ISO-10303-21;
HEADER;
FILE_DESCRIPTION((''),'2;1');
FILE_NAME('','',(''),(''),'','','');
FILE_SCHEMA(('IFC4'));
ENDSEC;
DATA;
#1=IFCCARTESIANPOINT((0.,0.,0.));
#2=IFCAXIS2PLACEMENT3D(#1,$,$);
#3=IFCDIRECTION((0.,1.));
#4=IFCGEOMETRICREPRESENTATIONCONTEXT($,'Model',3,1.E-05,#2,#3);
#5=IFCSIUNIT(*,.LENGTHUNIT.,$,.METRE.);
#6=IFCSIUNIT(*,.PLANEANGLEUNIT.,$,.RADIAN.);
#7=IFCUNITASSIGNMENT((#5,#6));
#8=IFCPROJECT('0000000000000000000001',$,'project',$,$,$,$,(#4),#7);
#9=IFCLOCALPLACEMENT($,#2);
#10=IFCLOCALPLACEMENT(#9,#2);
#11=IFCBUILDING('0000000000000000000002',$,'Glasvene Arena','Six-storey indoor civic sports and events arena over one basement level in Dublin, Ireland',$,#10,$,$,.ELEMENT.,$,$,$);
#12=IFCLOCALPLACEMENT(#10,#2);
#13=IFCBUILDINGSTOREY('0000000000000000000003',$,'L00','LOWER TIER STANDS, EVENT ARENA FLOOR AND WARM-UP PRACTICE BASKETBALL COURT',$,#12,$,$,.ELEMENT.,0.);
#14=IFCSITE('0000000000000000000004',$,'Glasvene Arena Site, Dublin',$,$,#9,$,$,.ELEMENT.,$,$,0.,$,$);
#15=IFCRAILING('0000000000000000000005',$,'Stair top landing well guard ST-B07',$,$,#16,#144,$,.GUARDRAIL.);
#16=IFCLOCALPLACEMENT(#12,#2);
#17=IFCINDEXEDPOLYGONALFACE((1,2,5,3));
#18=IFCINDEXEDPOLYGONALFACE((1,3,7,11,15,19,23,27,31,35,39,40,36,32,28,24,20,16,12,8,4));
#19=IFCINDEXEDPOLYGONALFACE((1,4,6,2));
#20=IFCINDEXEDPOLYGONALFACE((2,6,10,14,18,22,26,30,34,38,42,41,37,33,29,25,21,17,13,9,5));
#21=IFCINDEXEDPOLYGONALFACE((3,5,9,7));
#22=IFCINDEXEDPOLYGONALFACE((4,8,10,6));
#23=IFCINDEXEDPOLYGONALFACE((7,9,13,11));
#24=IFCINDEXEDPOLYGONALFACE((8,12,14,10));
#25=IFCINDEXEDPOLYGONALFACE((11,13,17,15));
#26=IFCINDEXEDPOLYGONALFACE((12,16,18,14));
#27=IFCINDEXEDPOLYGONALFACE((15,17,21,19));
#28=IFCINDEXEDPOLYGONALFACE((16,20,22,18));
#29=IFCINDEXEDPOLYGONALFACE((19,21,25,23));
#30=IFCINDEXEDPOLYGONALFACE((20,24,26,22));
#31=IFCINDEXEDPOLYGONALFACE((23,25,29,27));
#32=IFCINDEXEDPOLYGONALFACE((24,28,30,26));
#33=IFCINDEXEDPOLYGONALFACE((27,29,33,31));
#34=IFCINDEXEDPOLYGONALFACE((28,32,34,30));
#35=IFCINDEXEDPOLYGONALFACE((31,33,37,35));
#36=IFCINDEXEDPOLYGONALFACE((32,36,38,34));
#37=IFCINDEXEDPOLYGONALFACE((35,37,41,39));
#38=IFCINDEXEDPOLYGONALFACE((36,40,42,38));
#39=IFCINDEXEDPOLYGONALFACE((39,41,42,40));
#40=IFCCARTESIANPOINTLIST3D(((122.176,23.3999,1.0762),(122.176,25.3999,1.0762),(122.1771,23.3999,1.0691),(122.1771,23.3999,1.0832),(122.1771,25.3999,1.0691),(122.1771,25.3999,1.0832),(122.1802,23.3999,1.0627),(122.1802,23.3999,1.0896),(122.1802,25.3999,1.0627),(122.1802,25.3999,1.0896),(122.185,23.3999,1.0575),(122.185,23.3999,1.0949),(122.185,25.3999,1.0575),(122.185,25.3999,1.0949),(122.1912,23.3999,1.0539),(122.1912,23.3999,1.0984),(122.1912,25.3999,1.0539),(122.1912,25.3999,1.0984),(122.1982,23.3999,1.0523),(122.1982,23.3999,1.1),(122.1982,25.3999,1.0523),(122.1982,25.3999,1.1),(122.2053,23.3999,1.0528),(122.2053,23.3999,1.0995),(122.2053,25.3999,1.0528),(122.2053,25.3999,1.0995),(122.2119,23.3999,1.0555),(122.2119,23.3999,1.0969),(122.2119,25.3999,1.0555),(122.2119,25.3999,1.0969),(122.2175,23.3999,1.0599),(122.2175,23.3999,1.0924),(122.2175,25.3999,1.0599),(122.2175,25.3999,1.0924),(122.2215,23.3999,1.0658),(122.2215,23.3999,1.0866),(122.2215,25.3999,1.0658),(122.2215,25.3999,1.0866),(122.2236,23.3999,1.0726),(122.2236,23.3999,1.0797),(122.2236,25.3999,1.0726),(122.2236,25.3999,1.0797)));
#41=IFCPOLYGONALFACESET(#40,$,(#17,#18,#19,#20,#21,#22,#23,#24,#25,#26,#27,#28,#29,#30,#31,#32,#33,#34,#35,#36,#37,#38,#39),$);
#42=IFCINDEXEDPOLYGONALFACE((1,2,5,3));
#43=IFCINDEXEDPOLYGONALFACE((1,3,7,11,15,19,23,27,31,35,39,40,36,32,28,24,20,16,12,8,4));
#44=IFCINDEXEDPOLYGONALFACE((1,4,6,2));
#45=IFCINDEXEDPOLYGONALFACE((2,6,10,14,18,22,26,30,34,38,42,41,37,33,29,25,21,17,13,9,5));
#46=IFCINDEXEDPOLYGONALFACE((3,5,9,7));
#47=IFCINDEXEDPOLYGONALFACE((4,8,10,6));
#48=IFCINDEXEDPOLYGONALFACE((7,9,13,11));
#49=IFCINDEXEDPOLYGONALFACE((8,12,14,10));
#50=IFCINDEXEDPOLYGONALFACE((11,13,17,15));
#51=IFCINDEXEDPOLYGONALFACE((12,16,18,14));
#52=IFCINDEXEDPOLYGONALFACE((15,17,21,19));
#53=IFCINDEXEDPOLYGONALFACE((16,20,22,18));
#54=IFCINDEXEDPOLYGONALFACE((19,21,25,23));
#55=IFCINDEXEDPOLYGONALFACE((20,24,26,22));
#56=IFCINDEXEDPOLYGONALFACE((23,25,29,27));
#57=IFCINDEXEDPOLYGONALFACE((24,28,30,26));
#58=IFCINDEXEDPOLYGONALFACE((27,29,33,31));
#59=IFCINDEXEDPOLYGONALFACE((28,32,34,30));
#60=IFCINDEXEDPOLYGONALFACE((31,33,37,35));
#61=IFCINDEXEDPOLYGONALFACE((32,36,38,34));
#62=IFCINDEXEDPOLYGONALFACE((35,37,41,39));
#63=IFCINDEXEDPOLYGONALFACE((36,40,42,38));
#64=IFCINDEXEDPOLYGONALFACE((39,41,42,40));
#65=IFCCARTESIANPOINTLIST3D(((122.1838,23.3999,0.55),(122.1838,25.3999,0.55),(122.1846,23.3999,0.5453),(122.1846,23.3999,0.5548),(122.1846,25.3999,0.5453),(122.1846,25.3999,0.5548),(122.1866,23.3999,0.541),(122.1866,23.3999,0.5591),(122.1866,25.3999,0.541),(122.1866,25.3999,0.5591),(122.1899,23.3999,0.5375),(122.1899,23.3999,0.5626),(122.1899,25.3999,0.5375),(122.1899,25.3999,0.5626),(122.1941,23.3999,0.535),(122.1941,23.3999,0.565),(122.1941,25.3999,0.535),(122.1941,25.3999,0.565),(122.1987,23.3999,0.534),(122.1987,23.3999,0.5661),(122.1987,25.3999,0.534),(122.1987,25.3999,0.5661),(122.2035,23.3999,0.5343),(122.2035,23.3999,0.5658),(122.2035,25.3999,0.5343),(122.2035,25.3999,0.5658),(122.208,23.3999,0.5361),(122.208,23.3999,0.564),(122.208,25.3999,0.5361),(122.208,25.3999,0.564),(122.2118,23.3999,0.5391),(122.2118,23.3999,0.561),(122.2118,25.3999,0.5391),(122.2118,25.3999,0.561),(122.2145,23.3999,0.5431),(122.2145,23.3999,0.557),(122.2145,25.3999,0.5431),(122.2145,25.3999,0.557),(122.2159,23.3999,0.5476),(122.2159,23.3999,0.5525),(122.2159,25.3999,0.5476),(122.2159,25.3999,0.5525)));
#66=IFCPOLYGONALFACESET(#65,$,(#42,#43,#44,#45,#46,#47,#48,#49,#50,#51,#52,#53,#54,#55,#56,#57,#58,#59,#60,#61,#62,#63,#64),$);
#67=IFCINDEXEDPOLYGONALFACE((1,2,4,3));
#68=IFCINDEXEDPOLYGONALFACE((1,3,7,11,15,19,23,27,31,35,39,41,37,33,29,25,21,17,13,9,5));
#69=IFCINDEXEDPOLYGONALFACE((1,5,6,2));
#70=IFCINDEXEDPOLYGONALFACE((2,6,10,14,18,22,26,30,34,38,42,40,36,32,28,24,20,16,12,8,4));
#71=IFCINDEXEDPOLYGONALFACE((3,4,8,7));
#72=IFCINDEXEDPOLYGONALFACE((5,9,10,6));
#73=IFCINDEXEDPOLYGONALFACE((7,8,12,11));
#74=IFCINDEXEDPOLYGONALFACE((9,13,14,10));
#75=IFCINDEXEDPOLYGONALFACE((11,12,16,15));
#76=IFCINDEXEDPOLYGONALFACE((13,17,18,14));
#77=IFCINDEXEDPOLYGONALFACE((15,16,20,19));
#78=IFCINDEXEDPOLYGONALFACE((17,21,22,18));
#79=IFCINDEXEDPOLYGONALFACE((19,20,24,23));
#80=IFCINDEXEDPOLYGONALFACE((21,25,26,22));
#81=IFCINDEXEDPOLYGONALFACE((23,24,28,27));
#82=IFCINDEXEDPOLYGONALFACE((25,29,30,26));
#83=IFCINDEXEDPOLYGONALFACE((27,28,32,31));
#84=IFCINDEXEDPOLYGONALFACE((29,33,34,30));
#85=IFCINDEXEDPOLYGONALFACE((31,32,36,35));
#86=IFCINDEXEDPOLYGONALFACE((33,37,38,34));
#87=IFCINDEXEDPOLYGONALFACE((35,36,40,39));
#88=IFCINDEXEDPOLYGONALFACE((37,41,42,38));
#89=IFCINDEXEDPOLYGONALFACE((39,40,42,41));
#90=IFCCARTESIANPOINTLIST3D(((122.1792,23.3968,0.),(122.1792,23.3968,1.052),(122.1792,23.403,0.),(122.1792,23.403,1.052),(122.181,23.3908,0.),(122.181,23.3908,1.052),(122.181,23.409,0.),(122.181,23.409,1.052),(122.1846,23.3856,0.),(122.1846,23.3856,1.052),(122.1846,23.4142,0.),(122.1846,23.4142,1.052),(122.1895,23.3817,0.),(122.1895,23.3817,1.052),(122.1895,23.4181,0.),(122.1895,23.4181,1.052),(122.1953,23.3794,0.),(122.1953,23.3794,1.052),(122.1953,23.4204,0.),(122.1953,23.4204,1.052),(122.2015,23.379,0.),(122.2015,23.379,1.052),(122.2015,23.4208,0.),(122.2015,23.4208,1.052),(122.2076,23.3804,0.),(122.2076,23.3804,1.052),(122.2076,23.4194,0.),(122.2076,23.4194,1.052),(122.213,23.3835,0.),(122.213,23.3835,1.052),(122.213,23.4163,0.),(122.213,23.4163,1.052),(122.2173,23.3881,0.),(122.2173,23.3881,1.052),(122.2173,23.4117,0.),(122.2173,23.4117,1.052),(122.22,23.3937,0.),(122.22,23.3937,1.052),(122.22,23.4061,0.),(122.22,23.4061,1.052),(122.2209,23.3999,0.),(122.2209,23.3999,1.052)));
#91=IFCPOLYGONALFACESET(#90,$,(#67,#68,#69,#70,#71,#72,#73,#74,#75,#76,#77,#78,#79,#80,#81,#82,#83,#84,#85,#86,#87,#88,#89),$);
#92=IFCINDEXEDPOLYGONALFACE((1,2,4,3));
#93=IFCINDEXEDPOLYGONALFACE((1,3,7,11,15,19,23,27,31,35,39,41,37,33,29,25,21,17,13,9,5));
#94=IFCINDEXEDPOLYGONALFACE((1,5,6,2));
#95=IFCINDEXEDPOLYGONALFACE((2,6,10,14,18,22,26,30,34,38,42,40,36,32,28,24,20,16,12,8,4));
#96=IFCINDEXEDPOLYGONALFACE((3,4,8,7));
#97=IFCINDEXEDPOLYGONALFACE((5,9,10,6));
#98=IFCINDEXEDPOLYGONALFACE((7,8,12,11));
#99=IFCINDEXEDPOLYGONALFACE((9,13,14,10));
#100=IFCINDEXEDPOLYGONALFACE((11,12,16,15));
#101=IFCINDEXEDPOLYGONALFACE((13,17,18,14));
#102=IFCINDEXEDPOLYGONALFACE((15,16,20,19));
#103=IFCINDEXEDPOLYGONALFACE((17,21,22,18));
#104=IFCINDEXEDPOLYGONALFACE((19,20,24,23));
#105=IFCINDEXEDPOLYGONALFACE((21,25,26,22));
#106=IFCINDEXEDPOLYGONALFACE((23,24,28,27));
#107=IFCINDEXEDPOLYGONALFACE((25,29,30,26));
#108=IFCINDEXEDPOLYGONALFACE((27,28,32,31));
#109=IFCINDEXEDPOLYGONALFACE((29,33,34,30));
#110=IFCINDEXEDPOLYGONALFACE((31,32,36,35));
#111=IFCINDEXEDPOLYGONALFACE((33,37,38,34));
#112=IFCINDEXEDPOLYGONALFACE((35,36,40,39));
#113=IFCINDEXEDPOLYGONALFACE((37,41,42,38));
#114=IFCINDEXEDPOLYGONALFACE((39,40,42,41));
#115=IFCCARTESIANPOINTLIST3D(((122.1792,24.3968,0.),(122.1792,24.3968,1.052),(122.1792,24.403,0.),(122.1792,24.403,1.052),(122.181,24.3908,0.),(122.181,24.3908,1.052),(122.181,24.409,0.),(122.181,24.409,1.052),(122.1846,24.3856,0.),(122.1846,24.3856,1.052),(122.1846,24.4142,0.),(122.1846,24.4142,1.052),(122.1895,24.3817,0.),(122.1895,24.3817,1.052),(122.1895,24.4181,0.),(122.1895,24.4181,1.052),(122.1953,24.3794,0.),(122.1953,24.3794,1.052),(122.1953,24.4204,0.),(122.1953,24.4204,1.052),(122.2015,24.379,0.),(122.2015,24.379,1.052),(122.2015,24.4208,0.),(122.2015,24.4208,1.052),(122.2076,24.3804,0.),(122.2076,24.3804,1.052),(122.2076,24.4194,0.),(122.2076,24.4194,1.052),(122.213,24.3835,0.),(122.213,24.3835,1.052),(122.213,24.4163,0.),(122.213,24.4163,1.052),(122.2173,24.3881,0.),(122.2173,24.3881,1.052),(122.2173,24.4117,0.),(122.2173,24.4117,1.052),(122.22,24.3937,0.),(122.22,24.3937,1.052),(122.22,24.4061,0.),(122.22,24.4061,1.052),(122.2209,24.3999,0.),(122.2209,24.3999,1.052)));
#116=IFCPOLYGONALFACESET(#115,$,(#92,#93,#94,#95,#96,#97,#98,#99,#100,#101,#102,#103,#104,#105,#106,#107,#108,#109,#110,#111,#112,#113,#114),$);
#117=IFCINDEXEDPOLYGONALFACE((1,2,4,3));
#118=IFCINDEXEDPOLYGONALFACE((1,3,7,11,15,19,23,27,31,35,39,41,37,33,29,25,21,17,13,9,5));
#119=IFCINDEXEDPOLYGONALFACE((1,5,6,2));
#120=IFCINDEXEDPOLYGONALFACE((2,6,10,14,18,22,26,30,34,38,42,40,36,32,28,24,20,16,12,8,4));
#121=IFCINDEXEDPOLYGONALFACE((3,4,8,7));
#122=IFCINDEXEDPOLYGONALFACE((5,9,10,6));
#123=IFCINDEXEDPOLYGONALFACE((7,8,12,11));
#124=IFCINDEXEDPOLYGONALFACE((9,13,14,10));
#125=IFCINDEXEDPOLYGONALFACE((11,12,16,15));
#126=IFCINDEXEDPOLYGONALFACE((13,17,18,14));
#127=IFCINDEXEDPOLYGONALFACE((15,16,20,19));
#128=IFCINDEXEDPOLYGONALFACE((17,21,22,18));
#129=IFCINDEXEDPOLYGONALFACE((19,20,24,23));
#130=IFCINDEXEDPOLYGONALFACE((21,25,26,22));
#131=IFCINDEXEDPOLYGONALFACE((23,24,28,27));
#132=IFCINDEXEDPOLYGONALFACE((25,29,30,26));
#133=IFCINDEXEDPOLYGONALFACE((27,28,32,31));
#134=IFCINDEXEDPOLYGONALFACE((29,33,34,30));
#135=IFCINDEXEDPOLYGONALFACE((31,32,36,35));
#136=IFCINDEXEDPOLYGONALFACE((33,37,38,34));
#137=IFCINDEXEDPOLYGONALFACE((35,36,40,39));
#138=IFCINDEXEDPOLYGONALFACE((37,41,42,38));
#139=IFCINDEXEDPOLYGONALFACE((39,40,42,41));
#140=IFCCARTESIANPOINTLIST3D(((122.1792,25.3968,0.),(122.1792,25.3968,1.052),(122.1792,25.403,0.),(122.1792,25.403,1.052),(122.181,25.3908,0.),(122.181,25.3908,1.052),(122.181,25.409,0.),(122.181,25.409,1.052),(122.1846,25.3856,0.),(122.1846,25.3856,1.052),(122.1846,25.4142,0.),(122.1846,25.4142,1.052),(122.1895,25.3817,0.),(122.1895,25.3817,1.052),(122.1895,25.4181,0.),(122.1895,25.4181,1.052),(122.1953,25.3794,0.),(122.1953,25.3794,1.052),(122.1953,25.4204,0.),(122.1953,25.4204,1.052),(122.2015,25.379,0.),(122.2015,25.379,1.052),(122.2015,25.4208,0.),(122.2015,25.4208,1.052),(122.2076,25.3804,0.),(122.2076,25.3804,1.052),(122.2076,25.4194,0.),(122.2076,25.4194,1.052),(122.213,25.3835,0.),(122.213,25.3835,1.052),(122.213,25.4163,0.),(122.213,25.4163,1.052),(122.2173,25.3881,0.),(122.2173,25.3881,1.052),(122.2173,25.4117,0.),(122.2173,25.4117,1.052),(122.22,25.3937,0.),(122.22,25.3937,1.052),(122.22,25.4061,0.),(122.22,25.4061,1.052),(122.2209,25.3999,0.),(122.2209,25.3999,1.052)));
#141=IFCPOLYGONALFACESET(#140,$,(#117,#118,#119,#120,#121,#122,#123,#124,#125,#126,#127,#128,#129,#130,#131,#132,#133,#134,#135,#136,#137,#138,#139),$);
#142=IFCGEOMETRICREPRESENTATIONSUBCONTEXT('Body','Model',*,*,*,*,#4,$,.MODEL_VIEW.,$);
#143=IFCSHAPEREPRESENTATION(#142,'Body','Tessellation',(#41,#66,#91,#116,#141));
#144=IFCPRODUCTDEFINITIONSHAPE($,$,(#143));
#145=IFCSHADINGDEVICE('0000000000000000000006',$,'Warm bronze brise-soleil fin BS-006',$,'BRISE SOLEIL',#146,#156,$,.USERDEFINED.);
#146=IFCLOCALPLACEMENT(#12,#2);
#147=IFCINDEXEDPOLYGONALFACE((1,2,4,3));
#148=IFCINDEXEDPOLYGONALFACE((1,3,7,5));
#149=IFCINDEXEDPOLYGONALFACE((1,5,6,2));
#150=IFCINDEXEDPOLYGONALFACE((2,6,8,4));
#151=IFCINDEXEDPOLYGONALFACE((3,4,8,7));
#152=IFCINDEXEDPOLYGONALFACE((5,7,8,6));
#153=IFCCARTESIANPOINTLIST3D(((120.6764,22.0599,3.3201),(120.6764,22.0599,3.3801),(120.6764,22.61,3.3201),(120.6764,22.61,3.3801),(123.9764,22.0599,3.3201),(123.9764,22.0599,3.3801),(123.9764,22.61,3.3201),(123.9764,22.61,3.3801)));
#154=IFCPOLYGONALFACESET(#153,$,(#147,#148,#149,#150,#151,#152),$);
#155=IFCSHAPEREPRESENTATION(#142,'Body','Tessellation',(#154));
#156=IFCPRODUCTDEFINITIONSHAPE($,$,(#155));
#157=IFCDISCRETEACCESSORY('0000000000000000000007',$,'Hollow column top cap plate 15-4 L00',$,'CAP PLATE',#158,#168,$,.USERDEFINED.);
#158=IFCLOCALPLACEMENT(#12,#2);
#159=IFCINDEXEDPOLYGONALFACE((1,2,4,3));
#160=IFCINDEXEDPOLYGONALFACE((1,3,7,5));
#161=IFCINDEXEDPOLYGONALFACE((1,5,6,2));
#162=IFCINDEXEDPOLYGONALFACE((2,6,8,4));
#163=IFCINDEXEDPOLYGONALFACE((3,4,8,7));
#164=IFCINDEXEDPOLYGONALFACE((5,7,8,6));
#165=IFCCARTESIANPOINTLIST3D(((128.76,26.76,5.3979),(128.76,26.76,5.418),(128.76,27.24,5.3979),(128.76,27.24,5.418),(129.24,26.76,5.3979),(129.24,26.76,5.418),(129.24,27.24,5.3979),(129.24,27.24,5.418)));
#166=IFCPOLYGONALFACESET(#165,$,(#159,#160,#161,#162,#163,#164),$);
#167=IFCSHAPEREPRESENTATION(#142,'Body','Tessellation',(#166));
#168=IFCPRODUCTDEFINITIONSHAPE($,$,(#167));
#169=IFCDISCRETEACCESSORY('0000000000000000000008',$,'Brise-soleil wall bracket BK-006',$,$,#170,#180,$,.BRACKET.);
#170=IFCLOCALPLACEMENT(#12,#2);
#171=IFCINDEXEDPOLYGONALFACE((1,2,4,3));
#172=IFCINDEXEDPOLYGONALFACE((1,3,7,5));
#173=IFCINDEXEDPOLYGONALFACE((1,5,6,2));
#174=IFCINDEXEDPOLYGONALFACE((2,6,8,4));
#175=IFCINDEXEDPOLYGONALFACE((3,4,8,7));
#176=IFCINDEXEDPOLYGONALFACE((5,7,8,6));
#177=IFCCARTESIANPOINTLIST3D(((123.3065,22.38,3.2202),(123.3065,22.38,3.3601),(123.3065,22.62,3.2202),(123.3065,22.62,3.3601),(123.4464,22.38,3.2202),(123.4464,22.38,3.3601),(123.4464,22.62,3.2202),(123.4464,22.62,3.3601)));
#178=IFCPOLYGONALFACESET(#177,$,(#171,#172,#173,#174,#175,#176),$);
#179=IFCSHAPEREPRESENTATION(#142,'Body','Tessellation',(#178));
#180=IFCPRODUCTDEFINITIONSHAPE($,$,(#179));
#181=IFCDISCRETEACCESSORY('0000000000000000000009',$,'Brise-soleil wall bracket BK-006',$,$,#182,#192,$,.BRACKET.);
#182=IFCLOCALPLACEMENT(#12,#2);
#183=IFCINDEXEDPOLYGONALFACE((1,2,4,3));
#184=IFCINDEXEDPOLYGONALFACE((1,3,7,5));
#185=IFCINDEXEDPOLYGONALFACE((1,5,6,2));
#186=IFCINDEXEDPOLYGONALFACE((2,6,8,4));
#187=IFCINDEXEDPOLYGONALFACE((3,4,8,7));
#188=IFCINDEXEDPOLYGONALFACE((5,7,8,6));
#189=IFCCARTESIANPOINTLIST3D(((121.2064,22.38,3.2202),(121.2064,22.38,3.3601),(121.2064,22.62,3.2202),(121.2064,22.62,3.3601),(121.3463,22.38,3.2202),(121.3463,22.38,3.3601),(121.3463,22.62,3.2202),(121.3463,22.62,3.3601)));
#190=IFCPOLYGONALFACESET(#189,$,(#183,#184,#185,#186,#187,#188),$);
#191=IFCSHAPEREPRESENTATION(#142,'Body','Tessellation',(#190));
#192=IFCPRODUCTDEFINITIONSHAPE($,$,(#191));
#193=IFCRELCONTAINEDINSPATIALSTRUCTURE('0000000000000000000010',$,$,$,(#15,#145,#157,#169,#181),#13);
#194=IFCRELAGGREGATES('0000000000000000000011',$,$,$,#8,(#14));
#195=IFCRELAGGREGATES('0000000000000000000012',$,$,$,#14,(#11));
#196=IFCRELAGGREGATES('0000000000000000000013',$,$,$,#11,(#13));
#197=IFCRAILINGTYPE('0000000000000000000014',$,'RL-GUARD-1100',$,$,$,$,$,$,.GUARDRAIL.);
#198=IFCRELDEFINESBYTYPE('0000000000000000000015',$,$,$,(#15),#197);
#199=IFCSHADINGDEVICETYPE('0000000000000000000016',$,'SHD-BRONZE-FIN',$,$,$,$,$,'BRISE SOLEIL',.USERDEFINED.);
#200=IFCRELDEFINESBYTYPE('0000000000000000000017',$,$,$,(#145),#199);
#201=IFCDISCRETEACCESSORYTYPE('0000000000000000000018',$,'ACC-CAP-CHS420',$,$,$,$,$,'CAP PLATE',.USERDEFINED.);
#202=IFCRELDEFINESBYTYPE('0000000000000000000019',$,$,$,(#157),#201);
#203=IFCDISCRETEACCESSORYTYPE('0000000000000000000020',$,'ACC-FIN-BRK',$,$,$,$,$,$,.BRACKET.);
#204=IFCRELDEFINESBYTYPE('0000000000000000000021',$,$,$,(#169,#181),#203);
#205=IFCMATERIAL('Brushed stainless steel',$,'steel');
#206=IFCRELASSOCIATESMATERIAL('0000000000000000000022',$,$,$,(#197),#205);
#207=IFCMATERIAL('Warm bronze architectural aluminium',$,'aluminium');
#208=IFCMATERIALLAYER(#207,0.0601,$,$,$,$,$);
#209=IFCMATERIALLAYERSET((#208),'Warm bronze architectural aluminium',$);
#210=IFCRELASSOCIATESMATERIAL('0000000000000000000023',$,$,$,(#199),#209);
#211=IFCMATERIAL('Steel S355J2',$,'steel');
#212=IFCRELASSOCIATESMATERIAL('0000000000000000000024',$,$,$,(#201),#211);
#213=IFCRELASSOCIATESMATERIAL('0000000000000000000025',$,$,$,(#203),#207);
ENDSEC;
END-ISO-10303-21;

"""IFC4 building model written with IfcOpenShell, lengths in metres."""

from ifc_helpers import new_model, si_unit, direction, frame, origin, origin_2d, place, context, subcontext, project, spatial, rectangle, circle, extrude, material, layer, layer_set, type_object, element, save


model = new_model("IFC4")

# Units and contexts
model_context = context("Model", 3, precision=1e-05, world=origin(), true_north=direction((0.0, 1.0)))
body_context = subcontext(model_context, "Body", "Model", "MODEL_VIEW")
ifc_project = project(units=[si_unit("LENGTHUNIT", "METRE"), si_unit("PLANEANGLEUNIT", "RADIAN")], contexts=[model_context])

# Site, building, storey
site_placement = place(None, origin())
site = spatial("IfcSite", under=ifc_project, at=site_placement, Name="Glasvene Arena Site, Dublin", CompositionType="ELEMENT", RefElevation=0.0)
building_placement = place(site_placement, origin())
building = spatial("IfcBuilding", under=site, at=building_placement, Name="Glasvene Arena", Description="Six-storey indoor civic sports and events arena over one basement level in Dublin, Ireland", CompositionType="ELEMENT")
storey_placement = place(building_placement, origin())
storey = spatial("IfcBuildingStorey", under=building, at=storey_placement, Name="L00", Description="LOWER TIER STANDS, EVENT ARENA FLOOR AND WARM-UP PRACTICE BASKETBALL COURT", CompositionType="ELEMENT", Elevation=0.0)

# Shared definitions
ifc_material_1 = material(Name="Steel S355J2", Category="steel")

# Railing
ifc_material_2 = material(Name="Brushed stainless steel", Category="steel")
railing_type = type_object("IfcRailingType", Name="RL-GUARD-1100", PredefinedType="GUARDRAIL", material=ifc_material_2)
railing_placement = place(storey_placement, frame((122.2, 23.3999, 0.0)))
element("IfcRailing", 1, at=railing_placement, inside=storey, type_object=railing_type, Name="Stair top landing well guard ST-B07", PredefinedType="GUARDRAIL", context=body_context, shape_type="SweptSolid", body=[
    extrude(circle(Radius=0.0239, at=origin_2d()), frame((0.0, 0.0, 1.0762), z_axis=(0.0, 1.0, 0.0), x_axis=(-1.0, 0.0, 0.0)), (0.0, 0.0, 1.0), 2.0),
    extrude(circle(Radius=0.0161, at=origin_2d()), frame((0.0, 0.0, 0.55), z_axis=(0.0, 1.0, 0.0), x_axis=(-1.0, 0.0, 0.0)), (0.0, 0.0, 1.0), 2.0),
    extrude(circle(Radius=0.021, at=origin_2d()), origin(), (0.0, 0.0, 1.0), 1.052),
    extrude(circle(Radius=0.021, at=origin_2d()), frame((0.0, 1.0, 0.0)), (0.0, 0.0, 1.0), 1.052),
    extrude(circle(Radius=0.021, at=origin_2d()), frame((0.0, 2.0, 0.0)), (0.0, 0.0, 1.0), 1.052),
])

# Shading device
ifc_material_3 = material(Name="Warm bronze architectural aluminium", Category="aluminium")
ifc_layer_1 = layer(ifc_material_3, 0.0601)
ifc_layer_set_1 = layer_set([ifc_layer_1], Name="Warm bronze architectural aluminium")
shading_device_type = type_object("IfcShadingDeviceType", Name="SHD-BRONZE-FIN", ElementType="BRISE SOLEIL", PredefinedType="USERDEFINED", material=ifc_layer_set_1)
shading_device_placement = place(storey_placement, frame((122.3264, 22.335, 3.3201), z_axis=(0.0, 0.0, 1.0), x_axis=(-1.0, 0.0, 0.0)))
element("IfcShadingDevice", 2, at=shading_device_placement, inside=storey, type_object=shading_device_type, Name="Warm bronze brise-soleil fin BS-006", ObjectType="BRISE SOLEIL", PredefinedType="USERDEFINED", context=body_context, shape_type="SweptSolid", body=[
    extrude(rectangle(XDim=3.3, YDim=0.55, at=origin_2d()), origin(), (0.0, 0.0, 1.0), 0.0601),
])

# Discrete accessories
discrete_accessory_type_1 = type_object("IfcDiscreteAccessoryType", Name="ACC-CAP-CHS420", ElementType="CAP PLATE", PredefinedType="USERDEFINED", material=ifc_material_1)
discrete_accessory_placement = place(storey_placement, frame((129.0, 27.0, 5.3979), z_axis=(0.0, 0.0, 1.0), x_axis=(1.0, 0.0, 0.0)))
element("IfcDiscreteAccessory", 3, at=discrete_accessory_placement, inside=storey, type_object=discrete_accessory_type_1, Name="Hollow column top cap plate 15-4 L00", ObjectType="CAP PLATE", PredefinedType="USERDEFINED", context=body_context, shape_type="SweptSolid", body=[
    extrude(rectangle(XDim=0.48, YDim=0.48, at=origin_2d()), origin(), (0.0, 0.0, 1.0), 0.02),
])
discrete_accessory_type_2 = type_object("IfcDiscreteAccessoryType", Name="ACC-FIN-BRK", PredefinedType="BRACKET", material=ifc_material_3)
for number, where, z_axis, x_axis, name in (
    (4, (123.3765, 22.5, 3.2202), (0.0, 0.0, 1.0), (-1.0, 0.0, 0.0), "Brise-soleil wall bracket BK-006"),
    (5, (121.2764, 22.5, 3.2202), (0.0, 0.0, 1.0), (-1.0, 0.0, 0.0), "Brise-soleil wall bracket BK-006"),
):
    element("IfcDiscreteAccessory", number, at=place(storey_placement, frame(where, z_axis=z_axis, x_axis=x_axis)), inside=storey, type_object=discrete_accessory_type_2, Name=name, PredefinedType="BRACKET", context=body_context, shape_type="SweptSolid", body=[
        extrude(rectangle(XDim=0.1399, YDim=0.24, at=origin_2d()), origin(), (0.0, 0.0, 1.0), 0.1399),
    ])

save(model, "model.ifc")
